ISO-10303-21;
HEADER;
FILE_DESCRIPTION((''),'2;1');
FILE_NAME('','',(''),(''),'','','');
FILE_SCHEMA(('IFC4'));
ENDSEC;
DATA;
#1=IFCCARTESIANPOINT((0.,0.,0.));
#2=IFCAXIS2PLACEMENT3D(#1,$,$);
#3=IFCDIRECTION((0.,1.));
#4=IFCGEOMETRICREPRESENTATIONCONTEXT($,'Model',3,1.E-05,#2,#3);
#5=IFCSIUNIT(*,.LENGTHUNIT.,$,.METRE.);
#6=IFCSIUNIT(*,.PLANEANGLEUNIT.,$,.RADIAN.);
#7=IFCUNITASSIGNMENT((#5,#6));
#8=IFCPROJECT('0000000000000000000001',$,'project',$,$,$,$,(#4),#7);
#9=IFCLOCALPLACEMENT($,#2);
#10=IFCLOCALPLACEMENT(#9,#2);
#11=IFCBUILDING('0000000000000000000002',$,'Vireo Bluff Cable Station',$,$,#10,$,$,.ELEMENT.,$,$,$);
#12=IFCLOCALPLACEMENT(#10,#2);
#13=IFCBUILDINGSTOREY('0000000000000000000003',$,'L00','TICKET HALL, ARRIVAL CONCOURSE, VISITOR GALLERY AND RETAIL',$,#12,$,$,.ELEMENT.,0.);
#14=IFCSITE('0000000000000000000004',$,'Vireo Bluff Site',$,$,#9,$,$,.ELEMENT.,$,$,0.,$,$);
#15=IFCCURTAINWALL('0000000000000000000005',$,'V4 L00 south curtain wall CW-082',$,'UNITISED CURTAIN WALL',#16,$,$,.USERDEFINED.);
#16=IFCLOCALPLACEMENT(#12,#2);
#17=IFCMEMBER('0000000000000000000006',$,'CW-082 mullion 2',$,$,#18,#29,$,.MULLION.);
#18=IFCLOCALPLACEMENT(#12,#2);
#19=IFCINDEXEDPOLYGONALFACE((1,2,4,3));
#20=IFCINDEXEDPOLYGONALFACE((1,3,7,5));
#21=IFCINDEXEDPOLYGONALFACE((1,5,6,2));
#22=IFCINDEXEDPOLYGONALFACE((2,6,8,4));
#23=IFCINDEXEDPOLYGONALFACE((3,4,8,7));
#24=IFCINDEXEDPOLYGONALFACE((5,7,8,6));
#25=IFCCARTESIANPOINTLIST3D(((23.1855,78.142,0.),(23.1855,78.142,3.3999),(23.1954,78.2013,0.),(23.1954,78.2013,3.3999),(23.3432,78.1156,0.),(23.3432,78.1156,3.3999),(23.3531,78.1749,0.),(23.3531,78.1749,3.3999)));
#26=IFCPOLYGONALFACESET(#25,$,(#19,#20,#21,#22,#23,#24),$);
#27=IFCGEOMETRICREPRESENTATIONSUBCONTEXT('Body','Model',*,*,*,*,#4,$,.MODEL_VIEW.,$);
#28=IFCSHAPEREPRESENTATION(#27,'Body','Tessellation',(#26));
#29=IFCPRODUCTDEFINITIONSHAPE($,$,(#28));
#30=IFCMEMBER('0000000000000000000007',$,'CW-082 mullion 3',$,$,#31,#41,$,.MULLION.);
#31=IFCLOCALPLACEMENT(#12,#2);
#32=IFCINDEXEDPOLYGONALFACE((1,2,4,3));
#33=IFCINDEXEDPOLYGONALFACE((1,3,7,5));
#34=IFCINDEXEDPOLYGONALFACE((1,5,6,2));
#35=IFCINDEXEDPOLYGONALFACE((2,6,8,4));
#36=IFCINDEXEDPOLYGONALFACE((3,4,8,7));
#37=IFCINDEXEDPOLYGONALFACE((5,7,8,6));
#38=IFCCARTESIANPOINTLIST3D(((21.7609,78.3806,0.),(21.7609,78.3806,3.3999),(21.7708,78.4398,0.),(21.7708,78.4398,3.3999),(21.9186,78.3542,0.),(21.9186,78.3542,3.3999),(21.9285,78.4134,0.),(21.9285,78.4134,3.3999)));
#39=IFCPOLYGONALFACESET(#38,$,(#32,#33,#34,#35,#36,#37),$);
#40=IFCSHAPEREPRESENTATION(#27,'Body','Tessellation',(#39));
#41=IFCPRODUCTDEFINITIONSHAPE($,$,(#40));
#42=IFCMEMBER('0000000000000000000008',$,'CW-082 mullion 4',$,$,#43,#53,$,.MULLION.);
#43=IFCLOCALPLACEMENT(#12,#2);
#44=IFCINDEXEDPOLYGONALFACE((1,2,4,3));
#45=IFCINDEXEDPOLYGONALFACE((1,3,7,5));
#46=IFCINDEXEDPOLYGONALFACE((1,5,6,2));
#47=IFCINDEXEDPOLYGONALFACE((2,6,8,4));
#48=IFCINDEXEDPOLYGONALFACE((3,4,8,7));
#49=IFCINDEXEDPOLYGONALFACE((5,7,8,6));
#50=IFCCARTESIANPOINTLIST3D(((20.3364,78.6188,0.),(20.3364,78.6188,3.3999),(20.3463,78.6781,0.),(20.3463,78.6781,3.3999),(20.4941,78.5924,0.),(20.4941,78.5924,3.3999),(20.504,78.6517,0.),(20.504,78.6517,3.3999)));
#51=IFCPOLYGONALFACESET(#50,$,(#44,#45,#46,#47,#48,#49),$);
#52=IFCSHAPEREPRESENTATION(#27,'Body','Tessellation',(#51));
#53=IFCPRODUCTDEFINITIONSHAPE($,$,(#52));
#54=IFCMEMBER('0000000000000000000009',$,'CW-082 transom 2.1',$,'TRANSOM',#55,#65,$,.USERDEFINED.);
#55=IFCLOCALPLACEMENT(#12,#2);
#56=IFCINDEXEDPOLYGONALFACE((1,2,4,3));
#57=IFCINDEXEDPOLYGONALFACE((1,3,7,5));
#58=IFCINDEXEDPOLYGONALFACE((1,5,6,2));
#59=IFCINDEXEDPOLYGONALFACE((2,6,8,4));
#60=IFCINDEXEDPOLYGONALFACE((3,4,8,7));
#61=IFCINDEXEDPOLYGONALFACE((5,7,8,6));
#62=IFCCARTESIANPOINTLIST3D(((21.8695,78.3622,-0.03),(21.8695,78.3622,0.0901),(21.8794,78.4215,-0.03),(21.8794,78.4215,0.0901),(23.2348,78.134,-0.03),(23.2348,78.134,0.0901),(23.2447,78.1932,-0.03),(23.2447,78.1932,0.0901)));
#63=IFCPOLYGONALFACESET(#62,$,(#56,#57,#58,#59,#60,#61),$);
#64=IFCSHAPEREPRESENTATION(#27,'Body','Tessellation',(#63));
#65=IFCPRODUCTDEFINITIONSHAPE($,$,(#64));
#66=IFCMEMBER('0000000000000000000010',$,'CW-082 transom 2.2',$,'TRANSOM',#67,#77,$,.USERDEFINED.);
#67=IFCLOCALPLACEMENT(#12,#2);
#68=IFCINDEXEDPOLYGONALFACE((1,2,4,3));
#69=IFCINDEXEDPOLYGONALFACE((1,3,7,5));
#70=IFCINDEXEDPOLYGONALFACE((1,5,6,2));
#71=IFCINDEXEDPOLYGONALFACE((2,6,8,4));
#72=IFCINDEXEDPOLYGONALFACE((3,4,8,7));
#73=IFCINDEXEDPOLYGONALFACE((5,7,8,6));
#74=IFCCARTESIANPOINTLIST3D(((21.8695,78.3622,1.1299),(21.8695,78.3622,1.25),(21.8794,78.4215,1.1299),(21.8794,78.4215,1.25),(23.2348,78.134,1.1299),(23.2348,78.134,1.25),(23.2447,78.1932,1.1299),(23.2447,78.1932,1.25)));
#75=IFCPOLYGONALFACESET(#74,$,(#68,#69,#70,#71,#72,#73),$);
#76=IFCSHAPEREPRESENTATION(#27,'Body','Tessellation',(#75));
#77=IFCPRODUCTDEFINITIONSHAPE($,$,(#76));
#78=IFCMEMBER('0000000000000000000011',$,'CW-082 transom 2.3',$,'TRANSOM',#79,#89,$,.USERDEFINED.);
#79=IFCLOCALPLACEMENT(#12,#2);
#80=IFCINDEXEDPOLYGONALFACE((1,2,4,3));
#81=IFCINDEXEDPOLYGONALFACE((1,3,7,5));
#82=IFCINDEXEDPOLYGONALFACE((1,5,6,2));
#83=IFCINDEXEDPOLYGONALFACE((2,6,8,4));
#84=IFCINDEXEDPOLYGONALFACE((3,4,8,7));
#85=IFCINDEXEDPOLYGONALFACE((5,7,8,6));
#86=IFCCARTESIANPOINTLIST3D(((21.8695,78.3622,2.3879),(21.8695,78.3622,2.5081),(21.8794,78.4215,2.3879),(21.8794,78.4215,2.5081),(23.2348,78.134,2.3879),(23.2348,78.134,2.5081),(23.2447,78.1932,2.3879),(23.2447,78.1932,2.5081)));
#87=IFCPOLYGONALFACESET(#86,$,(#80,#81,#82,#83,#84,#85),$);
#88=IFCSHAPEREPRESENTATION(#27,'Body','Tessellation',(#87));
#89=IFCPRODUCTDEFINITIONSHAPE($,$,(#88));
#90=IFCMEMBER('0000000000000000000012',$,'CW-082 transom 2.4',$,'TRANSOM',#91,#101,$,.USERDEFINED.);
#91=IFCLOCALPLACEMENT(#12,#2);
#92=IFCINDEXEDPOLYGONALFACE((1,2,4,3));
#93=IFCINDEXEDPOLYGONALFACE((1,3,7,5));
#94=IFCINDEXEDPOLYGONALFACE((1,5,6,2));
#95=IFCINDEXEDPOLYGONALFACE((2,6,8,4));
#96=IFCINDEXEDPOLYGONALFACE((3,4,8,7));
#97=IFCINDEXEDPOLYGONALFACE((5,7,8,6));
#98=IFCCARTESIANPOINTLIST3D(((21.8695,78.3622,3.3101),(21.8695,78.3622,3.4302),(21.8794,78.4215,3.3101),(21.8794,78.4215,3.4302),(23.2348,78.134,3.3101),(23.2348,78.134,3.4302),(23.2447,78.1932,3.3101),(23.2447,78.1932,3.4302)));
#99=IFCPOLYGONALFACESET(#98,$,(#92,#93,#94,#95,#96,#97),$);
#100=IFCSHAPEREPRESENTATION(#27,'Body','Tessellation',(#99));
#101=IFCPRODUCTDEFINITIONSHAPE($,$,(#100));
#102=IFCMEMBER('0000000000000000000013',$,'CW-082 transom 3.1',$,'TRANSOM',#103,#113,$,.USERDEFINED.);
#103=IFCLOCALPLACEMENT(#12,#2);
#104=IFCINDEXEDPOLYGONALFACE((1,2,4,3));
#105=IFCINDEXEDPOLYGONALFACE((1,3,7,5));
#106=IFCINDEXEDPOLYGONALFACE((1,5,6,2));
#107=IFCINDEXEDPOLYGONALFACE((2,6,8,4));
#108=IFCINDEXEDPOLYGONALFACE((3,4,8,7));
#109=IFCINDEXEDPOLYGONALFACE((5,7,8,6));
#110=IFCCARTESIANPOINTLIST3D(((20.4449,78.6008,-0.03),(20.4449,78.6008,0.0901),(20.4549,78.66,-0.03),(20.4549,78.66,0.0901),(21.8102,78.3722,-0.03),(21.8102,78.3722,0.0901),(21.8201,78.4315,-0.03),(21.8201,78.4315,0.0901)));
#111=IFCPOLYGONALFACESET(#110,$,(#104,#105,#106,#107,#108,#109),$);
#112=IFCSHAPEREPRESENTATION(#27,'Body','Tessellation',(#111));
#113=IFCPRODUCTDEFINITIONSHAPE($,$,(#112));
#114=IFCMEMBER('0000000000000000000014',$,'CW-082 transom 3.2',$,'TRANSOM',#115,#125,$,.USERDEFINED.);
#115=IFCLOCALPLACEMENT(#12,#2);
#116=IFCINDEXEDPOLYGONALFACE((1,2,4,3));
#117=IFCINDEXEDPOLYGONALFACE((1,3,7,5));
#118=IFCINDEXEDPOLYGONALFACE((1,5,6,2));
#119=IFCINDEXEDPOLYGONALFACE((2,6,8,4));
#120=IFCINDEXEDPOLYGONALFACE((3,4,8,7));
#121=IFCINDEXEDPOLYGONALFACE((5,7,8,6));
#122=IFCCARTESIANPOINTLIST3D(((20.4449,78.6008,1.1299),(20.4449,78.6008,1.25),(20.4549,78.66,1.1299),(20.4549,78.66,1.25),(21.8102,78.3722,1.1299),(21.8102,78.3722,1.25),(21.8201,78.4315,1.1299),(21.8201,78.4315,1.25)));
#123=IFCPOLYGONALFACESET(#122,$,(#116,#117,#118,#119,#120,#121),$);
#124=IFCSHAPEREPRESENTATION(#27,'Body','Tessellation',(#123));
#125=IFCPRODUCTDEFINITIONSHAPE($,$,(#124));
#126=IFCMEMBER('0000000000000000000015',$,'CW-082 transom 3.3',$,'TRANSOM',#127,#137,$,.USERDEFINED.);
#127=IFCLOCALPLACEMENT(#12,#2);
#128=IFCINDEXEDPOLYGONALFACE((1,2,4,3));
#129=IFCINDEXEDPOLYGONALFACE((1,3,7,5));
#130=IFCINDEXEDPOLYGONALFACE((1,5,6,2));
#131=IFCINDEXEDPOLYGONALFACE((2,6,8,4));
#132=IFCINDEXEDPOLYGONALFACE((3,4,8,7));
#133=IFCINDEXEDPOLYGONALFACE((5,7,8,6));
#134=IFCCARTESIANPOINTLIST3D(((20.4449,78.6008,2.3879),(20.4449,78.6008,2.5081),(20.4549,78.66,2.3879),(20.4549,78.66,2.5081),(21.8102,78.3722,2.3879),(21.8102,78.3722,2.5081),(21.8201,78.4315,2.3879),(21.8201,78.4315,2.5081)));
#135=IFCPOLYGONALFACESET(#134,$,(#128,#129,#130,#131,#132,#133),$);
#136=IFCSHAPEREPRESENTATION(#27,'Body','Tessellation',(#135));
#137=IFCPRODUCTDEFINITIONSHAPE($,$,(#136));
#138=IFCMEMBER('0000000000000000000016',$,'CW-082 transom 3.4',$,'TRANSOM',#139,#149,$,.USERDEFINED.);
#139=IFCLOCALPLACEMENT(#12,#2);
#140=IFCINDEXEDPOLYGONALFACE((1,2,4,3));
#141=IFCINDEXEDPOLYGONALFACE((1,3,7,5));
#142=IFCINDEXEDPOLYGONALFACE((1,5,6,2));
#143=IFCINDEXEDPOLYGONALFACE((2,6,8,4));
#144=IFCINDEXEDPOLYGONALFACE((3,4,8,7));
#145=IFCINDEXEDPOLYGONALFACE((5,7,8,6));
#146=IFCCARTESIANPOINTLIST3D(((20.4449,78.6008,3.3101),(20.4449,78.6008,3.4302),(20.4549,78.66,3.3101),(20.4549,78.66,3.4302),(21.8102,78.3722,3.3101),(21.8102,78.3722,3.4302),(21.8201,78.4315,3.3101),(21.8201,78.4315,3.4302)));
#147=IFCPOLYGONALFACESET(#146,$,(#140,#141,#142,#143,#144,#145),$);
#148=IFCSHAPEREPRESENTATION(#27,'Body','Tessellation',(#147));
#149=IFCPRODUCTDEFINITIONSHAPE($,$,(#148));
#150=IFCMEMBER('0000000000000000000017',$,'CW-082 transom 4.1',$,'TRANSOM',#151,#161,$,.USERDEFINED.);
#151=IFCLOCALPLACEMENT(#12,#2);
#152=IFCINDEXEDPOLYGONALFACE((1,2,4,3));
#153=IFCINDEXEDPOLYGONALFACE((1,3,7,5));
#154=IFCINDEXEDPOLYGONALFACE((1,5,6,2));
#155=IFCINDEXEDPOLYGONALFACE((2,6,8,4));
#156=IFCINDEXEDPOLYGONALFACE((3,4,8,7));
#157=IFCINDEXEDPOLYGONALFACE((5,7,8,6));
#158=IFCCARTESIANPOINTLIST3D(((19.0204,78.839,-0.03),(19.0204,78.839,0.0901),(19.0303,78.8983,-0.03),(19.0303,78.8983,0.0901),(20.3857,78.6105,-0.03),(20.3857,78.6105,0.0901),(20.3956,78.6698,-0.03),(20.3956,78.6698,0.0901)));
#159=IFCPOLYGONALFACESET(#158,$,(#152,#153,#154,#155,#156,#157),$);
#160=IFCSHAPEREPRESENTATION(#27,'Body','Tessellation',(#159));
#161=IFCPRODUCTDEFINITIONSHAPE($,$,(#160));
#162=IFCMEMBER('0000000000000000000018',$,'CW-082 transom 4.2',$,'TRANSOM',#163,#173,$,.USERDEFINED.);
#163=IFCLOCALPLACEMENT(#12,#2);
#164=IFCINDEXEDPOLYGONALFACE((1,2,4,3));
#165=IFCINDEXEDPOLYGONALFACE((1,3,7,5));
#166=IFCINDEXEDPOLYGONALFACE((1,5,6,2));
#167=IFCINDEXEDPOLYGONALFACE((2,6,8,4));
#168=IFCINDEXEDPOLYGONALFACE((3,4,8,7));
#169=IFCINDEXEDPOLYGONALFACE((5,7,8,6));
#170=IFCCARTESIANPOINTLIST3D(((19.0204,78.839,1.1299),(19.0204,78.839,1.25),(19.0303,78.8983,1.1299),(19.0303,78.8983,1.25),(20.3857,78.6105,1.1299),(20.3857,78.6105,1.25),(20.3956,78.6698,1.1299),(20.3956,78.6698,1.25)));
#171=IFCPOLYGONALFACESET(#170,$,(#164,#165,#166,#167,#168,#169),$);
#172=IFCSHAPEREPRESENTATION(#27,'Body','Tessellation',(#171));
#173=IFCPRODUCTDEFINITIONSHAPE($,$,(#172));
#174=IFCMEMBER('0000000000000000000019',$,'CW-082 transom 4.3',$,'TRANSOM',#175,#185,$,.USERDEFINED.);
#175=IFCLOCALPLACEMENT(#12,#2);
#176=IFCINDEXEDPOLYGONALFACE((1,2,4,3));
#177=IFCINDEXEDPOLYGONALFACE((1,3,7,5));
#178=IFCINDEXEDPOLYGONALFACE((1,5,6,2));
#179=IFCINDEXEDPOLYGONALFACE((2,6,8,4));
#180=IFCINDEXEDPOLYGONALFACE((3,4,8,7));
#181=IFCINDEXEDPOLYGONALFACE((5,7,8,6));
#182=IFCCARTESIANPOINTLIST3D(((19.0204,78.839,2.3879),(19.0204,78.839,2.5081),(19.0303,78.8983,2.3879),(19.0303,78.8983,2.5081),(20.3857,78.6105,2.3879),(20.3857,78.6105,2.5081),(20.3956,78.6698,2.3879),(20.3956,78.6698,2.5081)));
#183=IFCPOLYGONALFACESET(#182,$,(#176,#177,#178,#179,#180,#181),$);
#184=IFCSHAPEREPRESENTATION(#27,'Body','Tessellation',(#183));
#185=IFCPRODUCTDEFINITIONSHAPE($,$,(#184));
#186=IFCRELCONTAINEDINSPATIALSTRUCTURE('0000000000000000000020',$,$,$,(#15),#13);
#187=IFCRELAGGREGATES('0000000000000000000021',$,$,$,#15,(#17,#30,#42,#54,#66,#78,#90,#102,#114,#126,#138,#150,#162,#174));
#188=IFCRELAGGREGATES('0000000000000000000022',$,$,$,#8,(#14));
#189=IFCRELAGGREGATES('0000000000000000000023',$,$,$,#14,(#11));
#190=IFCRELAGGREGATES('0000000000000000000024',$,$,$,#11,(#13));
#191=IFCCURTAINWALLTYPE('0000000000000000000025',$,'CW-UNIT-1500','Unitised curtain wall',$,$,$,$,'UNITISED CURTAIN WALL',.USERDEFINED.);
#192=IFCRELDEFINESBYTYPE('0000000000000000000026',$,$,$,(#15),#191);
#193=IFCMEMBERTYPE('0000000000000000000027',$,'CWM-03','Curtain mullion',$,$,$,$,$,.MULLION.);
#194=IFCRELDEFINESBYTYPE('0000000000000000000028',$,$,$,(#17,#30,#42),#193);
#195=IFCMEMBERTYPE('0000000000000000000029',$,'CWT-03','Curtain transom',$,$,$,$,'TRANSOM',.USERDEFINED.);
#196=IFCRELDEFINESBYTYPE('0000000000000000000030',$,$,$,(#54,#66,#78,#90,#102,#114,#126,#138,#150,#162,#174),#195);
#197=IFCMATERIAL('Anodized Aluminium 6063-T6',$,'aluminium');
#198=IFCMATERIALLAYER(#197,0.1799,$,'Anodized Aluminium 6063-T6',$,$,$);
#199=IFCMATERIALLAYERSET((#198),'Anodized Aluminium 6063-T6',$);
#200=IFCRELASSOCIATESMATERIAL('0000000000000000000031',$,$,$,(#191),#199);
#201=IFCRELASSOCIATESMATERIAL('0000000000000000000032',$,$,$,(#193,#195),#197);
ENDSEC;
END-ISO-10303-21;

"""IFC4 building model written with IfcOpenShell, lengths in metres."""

from ifc_helpers import new_model, si_unit, direction, frame, origin, origin_2d, place, context, subcontext, project, spatial, rectangle, extrude, material, layer, layer_set, material_profile, profile_set, type_object, element, aggregate, save


model = new_model("IFC4")

# Units and contexts
model_context = context("Model", 3, precision=1e-05, world=origin(), true_north=direction((0.0, 1.0)))
body_context = subcontext(model_context, "Body", "Model", "MODEL_VIEW")
ifc_project = project(units=[si_unit("LENGTHUNIT", "METRE"), si_unit("PLANEANGLEUNIT", "RADIAN")], contexts=[model_context])

# Site, building, storey
site_placement = place(None, origin())
site = spatial("IfcSite", under=ifc_project, at=site_placement, Name="Vireo Bluff Site", CompositionType="ELEMENT", RefElevation=0.0)
building_placement = place(site_placement, origin())
building = spatial("IfcBuilding", under=site, at=building_placement, Name="Vireo Bluff Cable Station", CompositionType="ELEMENT")
storey_placement = place(building_placement, origin())
storey = spatial("IfcBuildingStorey", under=building, at=storey_placement, Name="L00", Description="TICKET HALL, ARRIVAL CONCOURSE, VISITOR GALLERY AND RETAIL", CompositionType="ELEMENT", Elevation=0.0)

# Curtain wall, members
ifc_material_1 = material(Name="Anodized Aluminium 6063-T6", Category="aluminium")
ifc_layer_1 = layer(ifc_material_1, 0.1799, Name="Anodized Aluminium 6063-T6")
ifc_layer_set_1 = layer_set([ifc_layer_1], Name="Anodized Aluminium 6063-T6")
curtain_wall_type = type_object("IfcCurtainWallType", Name="CW-UNIT-1500", Description="Unitised curtain wall", ElementType="UNITISED CURTAIN WALL", PredefinedType="USERDEFINED", material=ifc_layer_set_1)
curtain_wall_placement = place(storey_placement, origin())
curtain_wall = element("IfcCurtainWall", 1, at=curtain_wall_placement, inside=storey, type_object=curtain_wall_type, Name="V4 L00 south curtain wall CW-082", ObjectType="UNITISED CURTAIN WALL", PredefinedType="USERDEFINED")
ifc_material_profile_1 = material_profile(ifc_material_1, rectangle(XDim=0.0601, YDim=0.1599, at=origin_2d()), Name="ALU-M-60X160")
ifc_profile_set_1 = profile_set([ifc_material_profile_1], Name="Anodized Aluminium 6063-T6")
member_type_1 = type_object("IfcMemberType", Name="CWM-03", Description="Curtain mullion", PredefinedType="MULLION", material=ifc_profile_set_1)
member_1_placement = place(storey_placement, frame((23.2693, 78.1584, 0.0), z_axis=(0.0, 0.0, 1.0), x_axis=(-0.165048, -0.986286, 0.0)))
member_1 = element("IfcMember", 2, at=member_1_placement, type_object=member_type_1, Name="CW-082 mullion 2", PredefinedType="MULLION", context=body_context, shape_type="SweptSolid", body=[
    extrude(rectangle(XDim=0.0601, YDim=0.1599, at=origin_2d()), origin(), (0.0, 0.0, 1.0), 3.3999),
])
member_2_placement = place(storey_placement, frame((21.8447, 78.397, 0.0), z_axis=(0.0, 0.0, 1.0), x_axis=(-0.165048, -0.986286, 0.0)))
member_2 = element("IfcMember", 3, at=member_2_placement, type_object=member_type_1, Name="CW-082 mullion 3", PredefinedType="MULLION", context=body_context, shape_type="SweptSolid", body=[
    extrude(rectangle(XDim=0.0601, YDim=0.1599, at=origin_2d()), origin(), (0.0, 0.0, 1.0), 3.3999),
])
member_3_placement = place(storey_placement, frame((20.4202, 78.6353, 0.0), z_axis=(0.0, 0.0, 1.0), x_axis=(-0.165048, -0.986286, 0.0)))
member_3 = element("IfcMember", 4, at=member_3_placement, type_object=member_type_1, Name="CW-082 mullion 4", PredefinedType="MULLION", context=body_context, shape_type="SweptSolid", body=[
    extrude(rectangle(XDim=0.0601, YDim=0.1599, at=origin_2d()), origin(), (0.0, 0.0, 1.0), 3.3999),
])
ifc_material_profile_2 = material_profile(ifc_material_1, rectangle(XDim=0.0601, YDim=0.1201, at=origin_2d()), Name="ALU-T-60X120")
ifc_profile_set_2 = profile_set([ifc_material_profile_2], Name="Anodized Aluminium 6063-T6")
member_type_2 = type_object("IfcMemberType", Name="CWT-03", Description="Curtain transom", ElementType="TRANSOM", PredefinedType="USERDEFINED", material=ifc_profile_set_2)
member_4_placement = place(storey_placement, frame((23.2397, 78.1636, 0.03), z_axis=(-0.986308, 0.164914, 0.0), x_axis=(-0.164914, -0.986308, 0.0)))
member_4 = element("IfcMember", 5, at=member_4_placement, type_object=member_type_2, Name="CW-082 transom 2.1", ObjectType="TRANSOM", PredefinedType="USERDEFINED", context=body_context, shape_type="SweptSolid", body=[
    extrude(rectangle(XDim=0.0601, YDim=0.1201, at=origin_2d()), origin(), (0.0, 0.0, 1.0), 1.3843),
])
member_5_placement = place(storey_placement, frame((23.2397, 78.1636, 1.1899), z_axis=(-0.986308, 0.164914, 0.0), x_axis=(-0.164914, -0.986308, 0.0)))
member_5 = element("IfcMember", 6, at=member_5_placement, type_object=member_type_2, Name="CW-082 transom 2.2", ObjectType="TRANSOM", PredefinedType="USERDEFINED", context=body_context, shape_type="SweptSolid", body=[
    extrude(rectangle(XDim=0.0601, YDim=0.1201, at=origin_2d()), origin(), (0.0, 0.0, 1.0), 1.3843),
])
member_6_placement = place(storey_placement, frame((23.2397, 78.1636, 2.448), z_axis=(-0.986308, 0.164914, 0.0), x_axis=(-0.164914, -0.986308, 0.0)))
member_6 = element("IfcMember", 7, at=member_6_placement, type_object=member_type_2, Name="CW-082 transom 2.3", ObjectType="TRANSOM", PredefinedType="USERDEFINED", context=body_context, shape_type="SweptSolid", body=[
    extrude(rectangle(XDim=0.0601, YDim=0.1201, at=origin_2d()), origin(), (0.0, 0.0, 1.0), 1.3843),
])
member_7_placement = place(storey_placement, frame((23.2397, 78.1636, 3.3701), z_axis=(-0.986308, 0.164914, 0.0), x_axis=(-0.164914, -0.986308, 0.0)))
member_7 = element("IfcMember", 8, at=member_7_placement, type_object=member_type_2, Name="CW-082 transom 2.4", ObjectType="TRANSOM", PredefinedType="USERDEFINED", context=body_context, shape_type="SweptSolid", body=[
    extrude(rectangle(XDim=0.0601, YDim=0.1201, at=origin_2d()), origin(), (0.0, 0.0, 1.0), 1.3843),
])
member_8_placement = place(storey_placement, frame((21.8152, 78.4019, 0.03), z_axis=(-0.986279, 0.165085, 0.0), x_axis=(-0.165085, -0.986279, 0.0)))
member_8 = element("IfcMember", 9, at=member_8_placement, type_object=member_type_2, Name="CW-082 transom 3.1", ObjectType="TRANSOM", PredefinedType="USERDEFINED", context=body_context, shape_type="SweptSolid", body=[
    extrude(rectangle(XDim=0.0601, YDim=0.1201, at=origin_2d()), origin(), (0.0, 0.0, 1.0), 1.3843),
])
member_9_placement = place(storey_placement, frame((21.8152, 78.4019, 1.1899), z_axis=(-0.986279, 0.165085, 0.0), x_axis=(-0.165085, -0.986279, 0.0)))
member_9 = element("IfcMember", 10, at=member_9_placement, type_object=member_type_2, Name="CW-082 transom 3.2", ObjectType="TRANSOM", PredefinedType="USERDEFINED", context=body_context, shape_type="SweptSolid", body=[
    extrude(rectangle(XDim=0.0601, YDim=0.1201, at=origin_2d()), origin(), (0.0, 0.0, 1.0), 1.3843),
])
member_10_placement = place(storey_placement, frame((21.8152, 78.4019, 2.448), z_axis=(-0.986279, 0.165085, 0.0), x_axis=(-0.165085, -0.986279, 0.0)))
member_10 = element("IfcMember", 11, at=member_10_placement, type_object=member_type_2, Name="CW-082 transom 3.3", ObjectType="TRANSOM", PredefinedType="USERDEFINED", context=body_context, shape_type="SweptSolid", body=[
    extrude(rectangle(XDim=0.0601, YDim=0.1201, at=origin_2d()), origin(), (0.0, 0.0, 1.0), 1.3843),
])
member_11_placement = place(storey_placement, frame((21.8152, 78.4019, 3.3701), z_axis=(-0.986279, 0.165085, 0.0), x_axis=(-0.165085, -0.986279, 0.0)))
member_11 = element("IfcMember", 12, at=member_11_placement, type_object=member_type_2, Name="CW-082 transom 3.4", ObjectType="TRANSOM", PredefinedType="USERDEFINED", context=body_context, shape_type="SweptSolid", body=[
    extrude(rectangle(XDim=0.0601, YDim=0.1201, at=origin_2d()), origin(), (0.0, 0.0, 1.0), 1.3843),
])
member_12_placement = place(storey_placement, frame((20.3906, 78.6401, 0.03), z_axis=(-0.986279, 0.165085, 0.0), x_axis=(-0.165085, -0.986279, 0.0)))
member_12 = element("IfcMember", 13, at=member_12_placement, type_object=member_type_2, Name="CW-082 transom 4.1", ObjectType="TRANSOM", PredefinedType="USERDEFINED", context=body_context, shape_type="SweptSolid", body=[
    extrude(rectangle(XDim=0.0601, YDim=0.1201, at=origin_2d()), origin(), (0.0, 0.0, 1.0), 1.3843),
])
member_13_placement = place(storey_placement, frame((20.3906, 78.6401, 1.1899), z_axis=(-0.986279, 0.165085, 0.0), x_axis=(-0.165085, -0.986279, 0.0)))
member_13 = element("IfcMember", 14, at=member_13_placement, type_object=member_type_2, Name="CW-082 transom 4.2", ObjectType="TRANSOM", PredefinedType="USERDEFINED", context=body_context, shape_type="SweptSolid", body=[
    extrude(rectangle(XDim=0.0601, YDim=0.1201, at=origin_2d()), origin(), (0.0, 0.0, 1.0), 1.3843),
])
member_14_placement = place(storey_placement, frame((20.3906, 78.6401, 2.448), z_axis=(-0.986279, 0.165085, 0.0), x_axis=(-0.165085, -0.986279, 0.0)))
member_14 = element("IfcMember", 15, at=member_14_placement, type_object=member_type_2, Name="CW-082 transom 4.3", ObjectType="TRANSOM", PredefinedType="USERDEFINED", context=body_context, shape_type="SweptSolid", body=[
    extrude(rectangle(XDim=0.0601, YDim=0.1201, at=origin_2d()), origin(), (0.0, 0.0, 1.0), 1.3843),
])
aggregate(curtain_wall, [member_1, member_2, member_3, member_4, member_5, member_6, member_7, member_8, member_9, member_10, member_11, member_12, member_13, member_14])

save(model, "model.ifc")
